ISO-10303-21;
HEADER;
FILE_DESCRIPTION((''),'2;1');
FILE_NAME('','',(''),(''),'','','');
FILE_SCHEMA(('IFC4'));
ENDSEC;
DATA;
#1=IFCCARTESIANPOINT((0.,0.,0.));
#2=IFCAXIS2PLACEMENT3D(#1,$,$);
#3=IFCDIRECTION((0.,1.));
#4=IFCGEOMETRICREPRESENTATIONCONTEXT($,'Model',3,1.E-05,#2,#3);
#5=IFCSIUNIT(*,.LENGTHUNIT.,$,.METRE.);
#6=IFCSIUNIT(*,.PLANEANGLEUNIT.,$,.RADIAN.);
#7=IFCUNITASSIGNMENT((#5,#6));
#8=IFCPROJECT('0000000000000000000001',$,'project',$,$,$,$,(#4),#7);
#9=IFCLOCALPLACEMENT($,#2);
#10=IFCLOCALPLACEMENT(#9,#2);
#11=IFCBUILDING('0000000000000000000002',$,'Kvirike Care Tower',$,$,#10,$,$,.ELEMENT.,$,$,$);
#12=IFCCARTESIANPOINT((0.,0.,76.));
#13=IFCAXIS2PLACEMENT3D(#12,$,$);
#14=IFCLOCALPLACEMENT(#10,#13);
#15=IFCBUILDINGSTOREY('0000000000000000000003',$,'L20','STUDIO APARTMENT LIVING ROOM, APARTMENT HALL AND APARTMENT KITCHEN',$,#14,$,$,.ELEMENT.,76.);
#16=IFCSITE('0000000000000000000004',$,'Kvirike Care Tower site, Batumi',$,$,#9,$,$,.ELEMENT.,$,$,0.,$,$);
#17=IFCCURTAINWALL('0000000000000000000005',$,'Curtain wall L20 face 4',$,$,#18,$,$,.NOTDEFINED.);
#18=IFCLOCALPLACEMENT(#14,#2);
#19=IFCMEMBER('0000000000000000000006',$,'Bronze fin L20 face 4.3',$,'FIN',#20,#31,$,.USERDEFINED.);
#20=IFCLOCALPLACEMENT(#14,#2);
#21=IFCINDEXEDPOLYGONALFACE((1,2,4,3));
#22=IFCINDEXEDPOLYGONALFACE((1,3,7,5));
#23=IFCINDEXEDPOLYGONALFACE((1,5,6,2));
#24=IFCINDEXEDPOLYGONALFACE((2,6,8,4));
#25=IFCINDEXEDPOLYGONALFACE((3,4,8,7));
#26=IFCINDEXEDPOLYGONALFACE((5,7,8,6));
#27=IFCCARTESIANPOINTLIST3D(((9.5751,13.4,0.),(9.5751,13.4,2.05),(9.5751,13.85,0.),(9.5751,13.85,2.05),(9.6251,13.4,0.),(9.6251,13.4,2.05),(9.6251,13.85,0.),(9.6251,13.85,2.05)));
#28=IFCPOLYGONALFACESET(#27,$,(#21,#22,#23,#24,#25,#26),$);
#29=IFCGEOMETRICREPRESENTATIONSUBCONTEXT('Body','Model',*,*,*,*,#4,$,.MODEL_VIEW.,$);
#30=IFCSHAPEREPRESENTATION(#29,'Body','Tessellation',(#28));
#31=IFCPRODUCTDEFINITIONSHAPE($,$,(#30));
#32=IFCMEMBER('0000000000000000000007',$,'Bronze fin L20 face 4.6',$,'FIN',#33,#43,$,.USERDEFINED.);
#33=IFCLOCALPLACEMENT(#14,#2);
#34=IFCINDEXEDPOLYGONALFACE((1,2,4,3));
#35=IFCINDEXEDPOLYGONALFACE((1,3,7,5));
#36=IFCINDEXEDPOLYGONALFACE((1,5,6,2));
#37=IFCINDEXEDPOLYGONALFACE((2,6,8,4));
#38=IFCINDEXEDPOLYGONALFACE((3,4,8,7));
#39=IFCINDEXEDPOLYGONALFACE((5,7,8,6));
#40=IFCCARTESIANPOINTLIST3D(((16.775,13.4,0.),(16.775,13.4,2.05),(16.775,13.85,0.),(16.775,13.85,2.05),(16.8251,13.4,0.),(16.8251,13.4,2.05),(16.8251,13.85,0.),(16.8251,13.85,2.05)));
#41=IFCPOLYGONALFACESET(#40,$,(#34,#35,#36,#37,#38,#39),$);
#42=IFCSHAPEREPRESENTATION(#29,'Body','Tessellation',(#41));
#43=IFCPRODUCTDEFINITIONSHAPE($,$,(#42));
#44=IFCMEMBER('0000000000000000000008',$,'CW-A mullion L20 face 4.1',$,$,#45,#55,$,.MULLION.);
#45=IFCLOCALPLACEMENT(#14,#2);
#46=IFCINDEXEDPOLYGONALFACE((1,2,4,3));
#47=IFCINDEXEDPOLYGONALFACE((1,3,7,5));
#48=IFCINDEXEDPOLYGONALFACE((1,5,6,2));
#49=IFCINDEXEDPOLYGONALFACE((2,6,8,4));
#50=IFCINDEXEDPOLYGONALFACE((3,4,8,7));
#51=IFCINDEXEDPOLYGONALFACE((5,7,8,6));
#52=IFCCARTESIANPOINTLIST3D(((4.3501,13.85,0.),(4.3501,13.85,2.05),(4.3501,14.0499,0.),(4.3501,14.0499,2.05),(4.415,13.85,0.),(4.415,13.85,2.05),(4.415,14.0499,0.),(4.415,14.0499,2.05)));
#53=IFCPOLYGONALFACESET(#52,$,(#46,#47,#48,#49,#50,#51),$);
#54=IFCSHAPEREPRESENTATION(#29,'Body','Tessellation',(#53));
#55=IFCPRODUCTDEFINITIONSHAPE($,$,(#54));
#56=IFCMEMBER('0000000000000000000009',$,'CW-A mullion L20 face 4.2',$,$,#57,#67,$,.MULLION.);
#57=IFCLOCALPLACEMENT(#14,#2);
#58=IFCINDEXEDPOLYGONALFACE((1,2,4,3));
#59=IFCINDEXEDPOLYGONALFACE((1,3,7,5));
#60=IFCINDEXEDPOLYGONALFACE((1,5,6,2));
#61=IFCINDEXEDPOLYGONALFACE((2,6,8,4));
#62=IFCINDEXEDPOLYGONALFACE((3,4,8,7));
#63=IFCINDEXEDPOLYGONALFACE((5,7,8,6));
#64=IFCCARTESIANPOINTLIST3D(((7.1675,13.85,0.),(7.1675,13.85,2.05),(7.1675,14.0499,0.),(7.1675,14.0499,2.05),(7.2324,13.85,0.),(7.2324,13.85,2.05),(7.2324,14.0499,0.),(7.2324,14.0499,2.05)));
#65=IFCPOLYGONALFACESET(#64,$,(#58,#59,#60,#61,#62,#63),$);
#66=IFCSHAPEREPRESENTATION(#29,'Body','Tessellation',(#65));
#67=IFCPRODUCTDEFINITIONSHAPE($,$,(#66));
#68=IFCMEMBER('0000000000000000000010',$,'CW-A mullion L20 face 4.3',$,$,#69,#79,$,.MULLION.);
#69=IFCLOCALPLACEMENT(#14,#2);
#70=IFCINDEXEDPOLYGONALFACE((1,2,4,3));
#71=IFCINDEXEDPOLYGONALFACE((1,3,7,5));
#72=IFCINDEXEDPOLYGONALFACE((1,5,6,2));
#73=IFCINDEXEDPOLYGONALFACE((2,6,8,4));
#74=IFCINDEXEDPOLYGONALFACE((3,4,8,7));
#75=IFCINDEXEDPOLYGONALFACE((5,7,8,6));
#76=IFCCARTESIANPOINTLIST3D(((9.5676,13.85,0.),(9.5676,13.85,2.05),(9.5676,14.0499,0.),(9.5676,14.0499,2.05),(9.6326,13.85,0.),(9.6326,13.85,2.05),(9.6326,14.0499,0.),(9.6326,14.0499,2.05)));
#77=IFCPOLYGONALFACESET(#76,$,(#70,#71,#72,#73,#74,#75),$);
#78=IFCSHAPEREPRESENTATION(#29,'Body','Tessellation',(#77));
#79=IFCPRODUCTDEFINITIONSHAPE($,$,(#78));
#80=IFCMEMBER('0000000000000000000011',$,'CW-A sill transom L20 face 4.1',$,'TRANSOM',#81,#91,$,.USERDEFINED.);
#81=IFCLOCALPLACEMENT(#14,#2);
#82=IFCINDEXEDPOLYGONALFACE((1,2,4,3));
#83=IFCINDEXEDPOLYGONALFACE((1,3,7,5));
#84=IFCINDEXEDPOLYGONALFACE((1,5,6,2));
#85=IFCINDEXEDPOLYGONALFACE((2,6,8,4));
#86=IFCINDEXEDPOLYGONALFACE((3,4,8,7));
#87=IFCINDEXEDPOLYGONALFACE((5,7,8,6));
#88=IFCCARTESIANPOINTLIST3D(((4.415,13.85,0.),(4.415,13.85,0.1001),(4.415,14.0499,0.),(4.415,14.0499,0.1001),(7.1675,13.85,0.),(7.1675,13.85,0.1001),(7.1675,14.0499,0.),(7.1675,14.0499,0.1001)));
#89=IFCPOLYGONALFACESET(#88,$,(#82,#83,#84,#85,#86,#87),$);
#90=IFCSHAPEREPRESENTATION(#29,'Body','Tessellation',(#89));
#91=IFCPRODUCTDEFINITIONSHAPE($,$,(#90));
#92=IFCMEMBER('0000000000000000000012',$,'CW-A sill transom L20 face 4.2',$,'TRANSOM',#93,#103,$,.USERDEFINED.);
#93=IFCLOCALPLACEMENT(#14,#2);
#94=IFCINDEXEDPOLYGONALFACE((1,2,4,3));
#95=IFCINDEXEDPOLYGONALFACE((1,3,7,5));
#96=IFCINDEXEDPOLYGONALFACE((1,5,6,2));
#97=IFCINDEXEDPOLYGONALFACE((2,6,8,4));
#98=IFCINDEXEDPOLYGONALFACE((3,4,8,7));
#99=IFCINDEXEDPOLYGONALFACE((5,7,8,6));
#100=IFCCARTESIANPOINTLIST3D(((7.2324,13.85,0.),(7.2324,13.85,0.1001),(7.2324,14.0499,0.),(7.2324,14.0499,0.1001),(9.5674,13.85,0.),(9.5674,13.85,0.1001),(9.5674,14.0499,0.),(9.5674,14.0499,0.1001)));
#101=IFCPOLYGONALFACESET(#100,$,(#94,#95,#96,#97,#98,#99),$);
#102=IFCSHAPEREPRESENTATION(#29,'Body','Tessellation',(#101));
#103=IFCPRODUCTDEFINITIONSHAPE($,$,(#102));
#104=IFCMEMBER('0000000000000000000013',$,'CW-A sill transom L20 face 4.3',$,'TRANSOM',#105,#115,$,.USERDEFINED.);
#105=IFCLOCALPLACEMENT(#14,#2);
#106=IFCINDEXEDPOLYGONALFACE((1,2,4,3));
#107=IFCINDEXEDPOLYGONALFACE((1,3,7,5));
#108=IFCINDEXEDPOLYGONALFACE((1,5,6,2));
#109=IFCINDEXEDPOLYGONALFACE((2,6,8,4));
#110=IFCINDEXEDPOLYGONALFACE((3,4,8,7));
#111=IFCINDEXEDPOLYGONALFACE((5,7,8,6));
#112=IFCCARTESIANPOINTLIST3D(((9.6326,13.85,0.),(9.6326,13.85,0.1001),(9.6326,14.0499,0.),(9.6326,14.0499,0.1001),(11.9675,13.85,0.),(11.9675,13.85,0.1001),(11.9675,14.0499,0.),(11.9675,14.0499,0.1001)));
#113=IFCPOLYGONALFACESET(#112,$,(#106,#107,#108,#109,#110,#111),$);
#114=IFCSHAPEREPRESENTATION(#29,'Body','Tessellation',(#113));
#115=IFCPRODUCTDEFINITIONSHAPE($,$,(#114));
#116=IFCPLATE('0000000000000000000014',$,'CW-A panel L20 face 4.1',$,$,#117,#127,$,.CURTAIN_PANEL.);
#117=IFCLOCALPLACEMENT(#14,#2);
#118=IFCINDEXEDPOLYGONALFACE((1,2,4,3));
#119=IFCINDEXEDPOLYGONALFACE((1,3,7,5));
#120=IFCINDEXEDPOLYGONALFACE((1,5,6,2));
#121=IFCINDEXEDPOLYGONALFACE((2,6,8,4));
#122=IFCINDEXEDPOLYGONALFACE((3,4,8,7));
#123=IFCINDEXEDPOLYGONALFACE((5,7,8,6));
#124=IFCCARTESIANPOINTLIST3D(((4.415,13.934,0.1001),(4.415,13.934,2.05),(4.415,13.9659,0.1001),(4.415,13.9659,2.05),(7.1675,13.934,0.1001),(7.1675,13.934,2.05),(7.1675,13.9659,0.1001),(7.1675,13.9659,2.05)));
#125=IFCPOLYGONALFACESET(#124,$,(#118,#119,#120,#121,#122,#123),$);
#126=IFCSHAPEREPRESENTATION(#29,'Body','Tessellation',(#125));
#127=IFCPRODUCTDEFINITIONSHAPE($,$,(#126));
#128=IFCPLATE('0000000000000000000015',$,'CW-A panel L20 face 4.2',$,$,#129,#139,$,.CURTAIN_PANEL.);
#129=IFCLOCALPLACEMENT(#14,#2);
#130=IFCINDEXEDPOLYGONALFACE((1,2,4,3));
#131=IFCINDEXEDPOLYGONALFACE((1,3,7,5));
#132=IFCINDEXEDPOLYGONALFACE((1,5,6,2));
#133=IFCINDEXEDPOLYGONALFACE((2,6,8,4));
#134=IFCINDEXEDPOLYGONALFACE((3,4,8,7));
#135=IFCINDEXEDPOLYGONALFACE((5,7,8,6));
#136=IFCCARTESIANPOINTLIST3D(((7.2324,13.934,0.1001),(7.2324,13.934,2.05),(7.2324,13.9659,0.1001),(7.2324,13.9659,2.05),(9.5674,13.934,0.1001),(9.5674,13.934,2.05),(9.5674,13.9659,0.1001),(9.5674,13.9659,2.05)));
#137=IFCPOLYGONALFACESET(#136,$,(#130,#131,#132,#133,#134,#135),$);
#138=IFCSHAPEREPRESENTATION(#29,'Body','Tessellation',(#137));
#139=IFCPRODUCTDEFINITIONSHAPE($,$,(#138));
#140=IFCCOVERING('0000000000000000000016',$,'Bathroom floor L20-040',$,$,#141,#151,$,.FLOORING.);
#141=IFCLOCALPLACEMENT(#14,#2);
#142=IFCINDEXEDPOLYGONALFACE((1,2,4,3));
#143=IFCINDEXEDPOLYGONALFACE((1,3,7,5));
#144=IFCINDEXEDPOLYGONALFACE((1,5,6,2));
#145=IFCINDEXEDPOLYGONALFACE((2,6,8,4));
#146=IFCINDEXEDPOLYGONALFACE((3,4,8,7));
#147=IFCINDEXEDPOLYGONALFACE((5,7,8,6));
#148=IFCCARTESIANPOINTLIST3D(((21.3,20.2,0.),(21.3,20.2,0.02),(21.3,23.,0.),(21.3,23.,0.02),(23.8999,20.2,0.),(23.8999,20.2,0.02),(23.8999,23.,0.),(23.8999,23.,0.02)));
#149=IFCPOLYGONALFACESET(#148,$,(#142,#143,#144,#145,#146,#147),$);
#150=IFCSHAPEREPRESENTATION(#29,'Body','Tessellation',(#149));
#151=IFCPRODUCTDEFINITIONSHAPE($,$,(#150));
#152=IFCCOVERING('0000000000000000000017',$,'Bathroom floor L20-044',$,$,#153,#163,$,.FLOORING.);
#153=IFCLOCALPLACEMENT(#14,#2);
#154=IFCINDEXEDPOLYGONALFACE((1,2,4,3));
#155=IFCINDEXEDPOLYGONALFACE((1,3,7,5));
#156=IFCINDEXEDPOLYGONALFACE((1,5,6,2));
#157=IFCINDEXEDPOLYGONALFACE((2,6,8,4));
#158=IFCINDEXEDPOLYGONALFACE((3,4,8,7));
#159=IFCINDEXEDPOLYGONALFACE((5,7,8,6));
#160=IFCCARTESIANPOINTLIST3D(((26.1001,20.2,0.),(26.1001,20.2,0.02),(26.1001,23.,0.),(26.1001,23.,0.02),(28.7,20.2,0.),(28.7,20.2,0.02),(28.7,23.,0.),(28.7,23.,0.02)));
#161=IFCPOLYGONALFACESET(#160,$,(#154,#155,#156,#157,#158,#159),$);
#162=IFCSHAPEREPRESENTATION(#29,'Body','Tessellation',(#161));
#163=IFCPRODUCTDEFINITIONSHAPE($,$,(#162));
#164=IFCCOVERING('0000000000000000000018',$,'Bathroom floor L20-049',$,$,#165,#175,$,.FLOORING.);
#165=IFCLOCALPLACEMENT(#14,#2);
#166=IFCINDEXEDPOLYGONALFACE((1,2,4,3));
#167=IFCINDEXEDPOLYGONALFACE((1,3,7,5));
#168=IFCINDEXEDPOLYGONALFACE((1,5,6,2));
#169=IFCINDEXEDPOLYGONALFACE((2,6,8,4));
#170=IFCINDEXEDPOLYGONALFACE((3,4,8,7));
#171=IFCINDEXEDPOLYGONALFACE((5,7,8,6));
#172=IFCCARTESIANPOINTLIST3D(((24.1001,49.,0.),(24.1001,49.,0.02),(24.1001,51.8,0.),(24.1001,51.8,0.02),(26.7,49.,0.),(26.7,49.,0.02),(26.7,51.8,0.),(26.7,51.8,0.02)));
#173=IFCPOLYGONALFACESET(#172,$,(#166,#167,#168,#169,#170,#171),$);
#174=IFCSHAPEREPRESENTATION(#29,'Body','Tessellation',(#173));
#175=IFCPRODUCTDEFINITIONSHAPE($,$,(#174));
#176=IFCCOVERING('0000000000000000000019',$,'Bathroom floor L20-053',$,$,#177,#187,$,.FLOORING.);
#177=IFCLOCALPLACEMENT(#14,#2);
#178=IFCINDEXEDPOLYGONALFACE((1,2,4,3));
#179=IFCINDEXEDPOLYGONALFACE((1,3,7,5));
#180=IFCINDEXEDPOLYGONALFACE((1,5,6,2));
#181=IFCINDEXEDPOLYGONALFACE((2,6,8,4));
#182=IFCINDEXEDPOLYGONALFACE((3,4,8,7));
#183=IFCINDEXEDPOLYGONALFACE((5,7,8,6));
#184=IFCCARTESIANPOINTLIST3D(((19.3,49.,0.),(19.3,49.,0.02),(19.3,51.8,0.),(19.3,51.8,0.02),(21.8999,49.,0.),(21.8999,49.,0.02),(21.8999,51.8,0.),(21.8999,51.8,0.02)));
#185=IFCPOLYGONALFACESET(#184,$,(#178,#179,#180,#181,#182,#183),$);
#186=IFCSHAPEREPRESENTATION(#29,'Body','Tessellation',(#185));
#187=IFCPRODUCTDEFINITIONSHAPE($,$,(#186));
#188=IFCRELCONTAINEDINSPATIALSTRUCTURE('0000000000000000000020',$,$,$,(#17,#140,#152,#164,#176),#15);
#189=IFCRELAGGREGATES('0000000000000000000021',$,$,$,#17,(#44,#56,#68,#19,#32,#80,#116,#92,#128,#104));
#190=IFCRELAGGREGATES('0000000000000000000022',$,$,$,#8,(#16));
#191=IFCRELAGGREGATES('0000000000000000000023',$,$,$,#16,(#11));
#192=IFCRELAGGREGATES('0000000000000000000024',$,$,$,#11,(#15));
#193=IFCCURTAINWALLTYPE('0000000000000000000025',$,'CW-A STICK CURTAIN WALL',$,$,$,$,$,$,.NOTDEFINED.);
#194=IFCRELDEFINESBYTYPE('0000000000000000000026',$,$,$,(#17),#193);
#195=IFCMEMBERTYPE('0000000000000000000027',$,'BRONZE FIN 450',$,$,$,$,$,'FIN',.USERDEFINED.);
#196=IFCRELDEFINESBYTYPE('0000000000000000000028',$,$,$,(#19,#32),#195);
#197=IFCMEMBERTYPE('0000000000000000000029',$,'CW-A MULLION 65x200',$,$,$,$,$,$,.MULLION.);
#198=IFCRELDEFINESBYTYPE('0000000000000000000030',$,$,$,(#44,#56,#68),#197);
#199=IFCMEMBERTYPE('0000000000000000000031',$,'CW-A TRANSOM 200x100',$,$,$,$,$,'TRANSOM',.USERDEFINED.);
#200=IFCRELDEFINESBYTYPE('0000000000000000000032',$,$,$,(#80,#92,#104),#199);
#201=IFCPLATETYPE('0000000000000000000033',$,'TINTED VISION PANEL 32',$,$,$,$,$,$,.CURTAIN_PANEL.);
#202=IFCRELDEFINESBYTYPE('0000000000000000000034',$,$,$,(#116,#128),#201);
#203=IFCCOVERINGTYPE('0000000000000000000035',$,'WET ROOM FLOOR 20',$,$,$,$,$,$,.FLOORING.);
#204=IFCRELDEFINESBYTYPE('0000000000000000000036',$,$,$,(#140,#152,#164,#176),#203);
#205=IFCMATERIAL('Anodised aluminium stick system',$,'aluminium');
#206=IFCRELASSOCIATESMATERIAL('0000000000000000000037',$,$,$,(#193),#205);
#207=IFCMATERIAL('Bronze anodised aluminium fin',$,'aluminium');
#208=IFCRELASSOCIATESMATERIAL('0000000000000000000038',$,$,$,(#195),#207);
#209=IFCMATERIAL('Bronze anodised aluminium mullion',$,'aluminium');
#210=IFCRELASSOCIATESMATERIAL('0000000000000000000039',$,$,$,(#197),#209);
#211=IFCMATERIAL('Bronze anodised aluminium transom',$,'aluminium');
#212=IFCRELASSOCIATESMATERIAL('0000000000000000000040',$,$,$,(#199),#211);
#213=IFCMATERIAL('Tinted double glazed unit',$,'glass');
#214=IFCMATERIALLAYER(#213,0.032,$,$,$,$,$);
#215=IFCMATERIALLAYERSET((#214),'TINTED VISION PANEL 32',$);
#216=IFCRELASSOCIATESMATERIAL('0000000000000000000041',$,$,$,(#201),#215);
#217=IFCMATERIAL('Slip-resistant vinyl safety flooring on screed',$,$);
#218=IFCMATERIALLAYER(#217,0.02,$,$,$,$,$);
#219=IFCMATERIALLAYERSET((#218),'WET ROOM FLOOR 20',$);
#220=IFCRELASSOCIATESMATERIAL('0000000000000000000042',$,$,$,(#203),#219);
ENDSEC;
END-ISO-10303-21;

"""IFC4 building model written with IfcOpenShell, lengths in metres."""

from ifc_helpers import new_model, si_unit, direction, frame, origin, origin_2d, place, context, subcontext, project, spatial, polyline, rectangle, outline, extrude, material, layer, layer_set, material_profile, profile_set, type_object, element, aggregate, save


model = new_model("IFC4")

# Units and contexts
model_context = context("Model", 3, precision=1e-05, world=origin(), true_north=direction((0.0, 1.0)))
body_context = subcontext(model_context, "Body", "Model", "MODEL_VIEW")
ifc_project = project(units=[si_unit("LENGTHUNIT", "METRE"), si_unit("PLANEANGLEUNIT", "RADIAN")], contexts=[model_context])

# Site, building, storey
site_placement = place(None, origin())
site = spatial("IfcSite", under=ifc_project, at=site_placement, Name="Kvirike Care Tower site, Batumi", CompositionType="ELEMENT", RefElevation=0.0)
building_placement = place(site_placement, origin())
building = spatial("IfcBuilding", under=site, at=building_placement, Name="Kvirike Care Tower", CompositionType="ELEMENT")
storey_placement = place(building_placement, frame((0.0, 0.0, 76.0)))
storey = spatial("IfcBuildingStorey", under=building, at=storey_placement, Name="L20", Description="STUDIO APARTMENT LIVING ROOM, APARTMENT HALL AND APARTMENT KITCHEN", CompositionType="ELEMENT", Elevation=76.0)

# Curtain wall, members, plates
ifc_material_1 = material(Name="Anodised aluminium stick system", Category="aluminium")
curtain_wall_type = type_object("IfcCurtainWallType", Name="CW-A STICK CURTAIN WALL", PredefinedType="NOTDEFINED", material=ifc_material_1)
curtain_wall_placement = place(storey_placement, origin())
curtain_wall = element("IfcCurtainWall", 1, at=curtain_wall_placement, inside=storey, type_object=curtain_wall_type, Name="Curtain wall L20 face 4", PredefinedType="NOTDEFINED")
ifc_material_2 = material(Name="Bronze anodised aluminium fin", Category="aluminium")
ifc_material_profile_1 = material_profile(ifc_material_2, rectangle(XDim=0.05, YDim=0.45, at=origin_2d()), Name="BRONZE FIN 450")
ifc_profile_set_1 = profile_set([ifc_material_profile_1], Name="Bronze anodised aluminium fin")
member_type_1 = type_object("IfcMemberType", Name="BRONZE FIN 450", ElementType="FIN", PredefinedType="USERDEFINED", material=ifc_profile_set_1)
member_1_placement = place(storey_placement, frame((9.6001, 13.625, 0.0), z_axis=(0.0, 0.0, 1.0), x_axis=(1.0, 0.0, 0.0)))
member_1 = element("IfcMember", 2, at=member_1_placement, type_object=member_type_1, Name="Bronze fin L20 face 4.3", ObjectType="FIN", PredefinedType="USERDEFINED", context=body_context, shape_type="SweptSolid", body=[
    extrude(rectangle(XDim=0.05, YDim=0.45, at=origin_2d()), origin(), (0.0, 0.0, 1.0), 2.05),
])
member_2_placement = place(storey_placement, frame((16.8, 13.625, 0.0), z_axis=(0.0, 0.0, 1.0), x_axis=(1.0, 0.0, 0.0)))
member_2 = element("IfcMember", 3, at=member_2_placement, type_object=member_type_1, Name="Bronze fin L20 face 4.6", ObjectType="FIN", PredefinedType="USERDEFINED", context=body_context, shape_type="SweptSolid", body=[
    extrude(rectangle(XDim=0.05, YDim=0.45, at=origin_2d()), origin(), (0.0, 0.0, 1.0), 2.05),
])
ifc_material_3 = material(Name="Bronze anodised aluminium mullion", Category="aluminium")
ifc_material_profile_2 = material_profile(ifc_material_3, rectangle(XDim=0.0649, YDim=0.2, at=origin_2d()), Name="CW-A MULLION 65x200")
ifc_profile_set_2 = profile_set([ifc_material_profile_2], Name="Bronze anodised aluminium mullion")
member_type_2 = type_object("IfcMemberType", Name="CW-A MULLION 65x200", PredefinedType="MULLION", material=ifc_profile_set_2)
member_3_placement = place(storey_placement, frame((4.3826, 13.95, 0.0), z_axis=(0.0, 0.0, 1.0), x_axis=(1.0, 0.0, 0.0)))
member_3 = element("IfcMember", 4, at=member_3_placement, type_object=member_type_2, Name="CW-A mullion L20 face 4.1", PredefinedType="MULLION", context=body_context, shape_type="SweptSolid", body=[
    extrude(rectangle(XDim=0.0649, YDim=0.2, at=origin_2d()), origin(), (0.0, 0.0, 1.0), 2.05),
])
member_4_placement = place(storey_placement, frame((7.2, 13.95, 0.0), z_axis=(0.0, 0.0, 1.0), x_axis=(1.0, 0.0, 0.0)))
member_4 = element("IfcMember", 5, at=member_4_placement, type_object=member_type_2, Name="CW-A mullion L20 face 4.2", PredefinedType="MULLION", context=body_context, shape_type="SweptSolid", body=[
    extrude(rectangle(XDim=0.0649, YDim=0.2, at=origin_2d()), origin(), (0.0, 0.0, 1.0), 2.05),
])
member_5_placement = place(storey_placement, frame((9.6001, 13.95, 0.0), z_axis=(0.0, 0.0, 1.0), x_axis=(1.0, 0.0, 0.0)))
member_5 = element("IfcMember", 6, at=member_5_placement, type_object=member_type_2, Name="CW-A mullion L20 face 4.3", PredefinedType="MULLION", context=body_context, shape_type="SweptSolid", body=[
    extrude(rectangle(XDim=0.0649, YDim=0.2, at=origin_2d()), origin(), (0.0, 0.0, 1.0), 2.05),
])
ifc_material_4 = material(Name="Bronze anodised aluminium transom", Category="aluminium")
ifc_material_profile_3 = material_profile(ifc_material_4, rectangle(XDim=0.2, YDim=0.1001, at=origin_2d()), Name="CW-A TRANSOM 200x100")
ifc_profile_set_3 = profile_set([ifc_material_profile_3], Name="Bronze anodised aluminium transom")
member_type_3 = type_object("IfcMemberType", Name="CW-A TRANSOM 200x100", ElementType="TRANSOM", PredefinedType="USERDEFINED", material=ifc_profile_set_3)
member_6_placement = place(storey_placement, frame((4.415, 13.95, 0.05), z_axis=(1.0, 0.0, 0.0), x_axis=(0.0, 1.0, 0.0)))
member_6 = element("IfcMember", 7, at=member_6_placement, type_object=member_type_3, Name="CW-A sill transom L20 face 4.1", ObjectType="TRANSOM", PredefinedType="USERDEFINED", context=body_context, shape_type="SweptSolid", body=[
    extrude(rectangle(XDim=0.2, YDim=0.1001, at=origin_2d()), origin(), (0.0, 0.0, 1.0), 2.7524),
])
member_7_placement = place(storey_placement, frame((7.2324, 13.95, 0.05), z_axis=(1.0, 0.0, 0.0), x_axis=(0.0, 1.0, 0.0)))
member_7 = element("IfcMember", 8, at=member_7_placement, type_object=member_type_3, Name="CW-A sill transom L20 face 4.2", ObjectType="TRANSOM", PredefinedType="USERDEFINED", context=body_context, shape_type="SweptSolid", body=[
    extrude(rectangle(XDim=0.2, YDim=0.1001, at=origin_2d()), origin(), (0.0, 0.0, 1.0), 2.335),
])
member_8_placement = place(storey_placement, frame((9.6326, 13.95, 0.05), z_axis=(1.0, 0.0, 0.0), x_axis=(0.0, 1.0, 0.0)))
member_8 = element("IfcMember", 9, at=member_8_placement, type_object=member_type_3, Name="CW-A sill transom L20 face 4.3", ObjectType="TRANSOM", PredefinedType="USERDEFINED", context=body_context, shape_type="SweptSolid", body=[
    extrude(rectangle(XDim=0.2, YDim=0.1001, at=origin_2d()), origin(), (0.0, 0.0, 1.0), 2.335),
])
ifc_material_5 = material(Name="Tinted double glazed unit", Category="glass")
ifc_layer_1 = layer(ifc_material_5, 0.032)
ifc_layer_set_1 = layer_set([ifc_layer_1], Name="TINTED VISION PANEL 32")
plate_type = type_object("IfcPlateType", Name="TINTED VISION PANEL 32", PredefinedType="CURTAIN_PANEL", material=ifc_layer_set_1)
plate_1_placement = place(storey_placement, frame((5.7913, 13.95, 0.1001), z_axis=(0.0, 0.0, 1.0), x_axis=(1.0, 0.0, 0.0)))
plate_1 = element("IfcPlate", 10, at=plate_1_placement, type_object=plate_type, Name="CW-A panel L20 face 4.1", PredefinedType="CURTAIN_PANEL", context=body_context, shape_type="SweptSolid", body=[
    extrude(rectangle(XDim=2.7524, YDim=0.032, at=origin_2d()), origin(), (0.0, 0.0, 1.0), 1.95),
])
plate_2_placement = place(storey_placement, frame((8.3999, 13.95, 0.1001), z_axis=(0.0, 0.0, 1.0), x_axis=(1.0, 0.0, 0.0)))
plate_2 = element("IfcPlate", 11, at=plate_2_placement, type_object=plate_type, Name="CW-A panel L20 face 4.2", PredefinedType="CURTAIN_PANEL", context=body_context, shape_type="SweptSolid", body=[
    extrude(rectangle(XDim=2.335, YDim=0.032, at=origin_2d()), origin(), (0.0, 0.0, 1.0), 1.95),
])
aggregate(curtain_wall, [member_3, member_4, member_5, member_1, member_2, member_6, plate_1, member_7, plate_2, member_8])

# Coverings
ifc_material_6 = material(Name="Slip-resistant vinyl safety flooring on screed")
ifc_layer_2 = layer(ifc_material_6, 0.02)
ifc_layer_set_2 = layer_set([ifc_layer_2], Name="WET ROOM FLOOR 20")
covering_type = type_object("IfcCoveringType", Name="WET ROOM FLOOR 20", PredefinedType="FLOORING", material=ifc_layer_set_2)
covering_1_placement = place(storey_placement, origin())
element("IfcCovering", 12, at=covering_1_placement, inside=storey, type_object=covering_type, Name="Bathroom floor L20-040", PredefinedType="FLOORING", context=body_context, shape_type="SweptSolid", body=[
    extrude(outline(polyline([(21.3, 20.2), (21.3, 23.0), (23.8999, 23.0), (23.8999, 20.2), (21.3, 20.2)])), origin(), (0.0, 0.0, 1.0), 0.02),
])
covering_2_placement = place(storey_placement, origin())
element("IfcCovering", 13, at=covering_2_placement, inside=storey, type_object=covering_type, Name="Bathroom floor L20-044", PredefinedType="FLOORING", context=body_context, shape_type="SweptSolid", body=[
    extrude(outline(polyline([(26.1001, 20.2), (26.1001, 23.0), (28.7, 23.0), (28.7, 20.2), (26.1001, 20.2)])), origin(), (0.0, 0.0, 1.0), 0.02),
])
covering_3_placement = place(storey_placement, origin())
element("IfcCovering", 14, at=covering_3_placement, inside=storey, type_object=covering_type, Name="Bathroom floor L20-049", PredefinedType="FLOORING", context=body_context, shape_type="SweptSolid", body=[
    extrude(outline(polyline([(26.7, 51.8), (26.7, 49.0), (24.1001, 49.0), (24.1001, 51.8), (26.7, 51.8)])), origin(), (0.0, 0.0, 1.0), 0.02),
])
covering_4_placement = place(storey_placement, origin())
element("IfcCovering", 15, at=covering_4_placement, inside=storey, type_object=covering_type, Name="Bathroom floor L20-053", PredefinedType="FLOORING", context=body_context, shape_type="SweptSolid", body=[
    extrude(outline(polyline([(21.8999, 51.8), (21.8999, 49.0), (19.3, 49.0), (19.3, 51.8), (21.8999, 51.8)])), origin(), (0.0, 0.0, 1.0), 0.02),
])

save(model, "model.ifc")
